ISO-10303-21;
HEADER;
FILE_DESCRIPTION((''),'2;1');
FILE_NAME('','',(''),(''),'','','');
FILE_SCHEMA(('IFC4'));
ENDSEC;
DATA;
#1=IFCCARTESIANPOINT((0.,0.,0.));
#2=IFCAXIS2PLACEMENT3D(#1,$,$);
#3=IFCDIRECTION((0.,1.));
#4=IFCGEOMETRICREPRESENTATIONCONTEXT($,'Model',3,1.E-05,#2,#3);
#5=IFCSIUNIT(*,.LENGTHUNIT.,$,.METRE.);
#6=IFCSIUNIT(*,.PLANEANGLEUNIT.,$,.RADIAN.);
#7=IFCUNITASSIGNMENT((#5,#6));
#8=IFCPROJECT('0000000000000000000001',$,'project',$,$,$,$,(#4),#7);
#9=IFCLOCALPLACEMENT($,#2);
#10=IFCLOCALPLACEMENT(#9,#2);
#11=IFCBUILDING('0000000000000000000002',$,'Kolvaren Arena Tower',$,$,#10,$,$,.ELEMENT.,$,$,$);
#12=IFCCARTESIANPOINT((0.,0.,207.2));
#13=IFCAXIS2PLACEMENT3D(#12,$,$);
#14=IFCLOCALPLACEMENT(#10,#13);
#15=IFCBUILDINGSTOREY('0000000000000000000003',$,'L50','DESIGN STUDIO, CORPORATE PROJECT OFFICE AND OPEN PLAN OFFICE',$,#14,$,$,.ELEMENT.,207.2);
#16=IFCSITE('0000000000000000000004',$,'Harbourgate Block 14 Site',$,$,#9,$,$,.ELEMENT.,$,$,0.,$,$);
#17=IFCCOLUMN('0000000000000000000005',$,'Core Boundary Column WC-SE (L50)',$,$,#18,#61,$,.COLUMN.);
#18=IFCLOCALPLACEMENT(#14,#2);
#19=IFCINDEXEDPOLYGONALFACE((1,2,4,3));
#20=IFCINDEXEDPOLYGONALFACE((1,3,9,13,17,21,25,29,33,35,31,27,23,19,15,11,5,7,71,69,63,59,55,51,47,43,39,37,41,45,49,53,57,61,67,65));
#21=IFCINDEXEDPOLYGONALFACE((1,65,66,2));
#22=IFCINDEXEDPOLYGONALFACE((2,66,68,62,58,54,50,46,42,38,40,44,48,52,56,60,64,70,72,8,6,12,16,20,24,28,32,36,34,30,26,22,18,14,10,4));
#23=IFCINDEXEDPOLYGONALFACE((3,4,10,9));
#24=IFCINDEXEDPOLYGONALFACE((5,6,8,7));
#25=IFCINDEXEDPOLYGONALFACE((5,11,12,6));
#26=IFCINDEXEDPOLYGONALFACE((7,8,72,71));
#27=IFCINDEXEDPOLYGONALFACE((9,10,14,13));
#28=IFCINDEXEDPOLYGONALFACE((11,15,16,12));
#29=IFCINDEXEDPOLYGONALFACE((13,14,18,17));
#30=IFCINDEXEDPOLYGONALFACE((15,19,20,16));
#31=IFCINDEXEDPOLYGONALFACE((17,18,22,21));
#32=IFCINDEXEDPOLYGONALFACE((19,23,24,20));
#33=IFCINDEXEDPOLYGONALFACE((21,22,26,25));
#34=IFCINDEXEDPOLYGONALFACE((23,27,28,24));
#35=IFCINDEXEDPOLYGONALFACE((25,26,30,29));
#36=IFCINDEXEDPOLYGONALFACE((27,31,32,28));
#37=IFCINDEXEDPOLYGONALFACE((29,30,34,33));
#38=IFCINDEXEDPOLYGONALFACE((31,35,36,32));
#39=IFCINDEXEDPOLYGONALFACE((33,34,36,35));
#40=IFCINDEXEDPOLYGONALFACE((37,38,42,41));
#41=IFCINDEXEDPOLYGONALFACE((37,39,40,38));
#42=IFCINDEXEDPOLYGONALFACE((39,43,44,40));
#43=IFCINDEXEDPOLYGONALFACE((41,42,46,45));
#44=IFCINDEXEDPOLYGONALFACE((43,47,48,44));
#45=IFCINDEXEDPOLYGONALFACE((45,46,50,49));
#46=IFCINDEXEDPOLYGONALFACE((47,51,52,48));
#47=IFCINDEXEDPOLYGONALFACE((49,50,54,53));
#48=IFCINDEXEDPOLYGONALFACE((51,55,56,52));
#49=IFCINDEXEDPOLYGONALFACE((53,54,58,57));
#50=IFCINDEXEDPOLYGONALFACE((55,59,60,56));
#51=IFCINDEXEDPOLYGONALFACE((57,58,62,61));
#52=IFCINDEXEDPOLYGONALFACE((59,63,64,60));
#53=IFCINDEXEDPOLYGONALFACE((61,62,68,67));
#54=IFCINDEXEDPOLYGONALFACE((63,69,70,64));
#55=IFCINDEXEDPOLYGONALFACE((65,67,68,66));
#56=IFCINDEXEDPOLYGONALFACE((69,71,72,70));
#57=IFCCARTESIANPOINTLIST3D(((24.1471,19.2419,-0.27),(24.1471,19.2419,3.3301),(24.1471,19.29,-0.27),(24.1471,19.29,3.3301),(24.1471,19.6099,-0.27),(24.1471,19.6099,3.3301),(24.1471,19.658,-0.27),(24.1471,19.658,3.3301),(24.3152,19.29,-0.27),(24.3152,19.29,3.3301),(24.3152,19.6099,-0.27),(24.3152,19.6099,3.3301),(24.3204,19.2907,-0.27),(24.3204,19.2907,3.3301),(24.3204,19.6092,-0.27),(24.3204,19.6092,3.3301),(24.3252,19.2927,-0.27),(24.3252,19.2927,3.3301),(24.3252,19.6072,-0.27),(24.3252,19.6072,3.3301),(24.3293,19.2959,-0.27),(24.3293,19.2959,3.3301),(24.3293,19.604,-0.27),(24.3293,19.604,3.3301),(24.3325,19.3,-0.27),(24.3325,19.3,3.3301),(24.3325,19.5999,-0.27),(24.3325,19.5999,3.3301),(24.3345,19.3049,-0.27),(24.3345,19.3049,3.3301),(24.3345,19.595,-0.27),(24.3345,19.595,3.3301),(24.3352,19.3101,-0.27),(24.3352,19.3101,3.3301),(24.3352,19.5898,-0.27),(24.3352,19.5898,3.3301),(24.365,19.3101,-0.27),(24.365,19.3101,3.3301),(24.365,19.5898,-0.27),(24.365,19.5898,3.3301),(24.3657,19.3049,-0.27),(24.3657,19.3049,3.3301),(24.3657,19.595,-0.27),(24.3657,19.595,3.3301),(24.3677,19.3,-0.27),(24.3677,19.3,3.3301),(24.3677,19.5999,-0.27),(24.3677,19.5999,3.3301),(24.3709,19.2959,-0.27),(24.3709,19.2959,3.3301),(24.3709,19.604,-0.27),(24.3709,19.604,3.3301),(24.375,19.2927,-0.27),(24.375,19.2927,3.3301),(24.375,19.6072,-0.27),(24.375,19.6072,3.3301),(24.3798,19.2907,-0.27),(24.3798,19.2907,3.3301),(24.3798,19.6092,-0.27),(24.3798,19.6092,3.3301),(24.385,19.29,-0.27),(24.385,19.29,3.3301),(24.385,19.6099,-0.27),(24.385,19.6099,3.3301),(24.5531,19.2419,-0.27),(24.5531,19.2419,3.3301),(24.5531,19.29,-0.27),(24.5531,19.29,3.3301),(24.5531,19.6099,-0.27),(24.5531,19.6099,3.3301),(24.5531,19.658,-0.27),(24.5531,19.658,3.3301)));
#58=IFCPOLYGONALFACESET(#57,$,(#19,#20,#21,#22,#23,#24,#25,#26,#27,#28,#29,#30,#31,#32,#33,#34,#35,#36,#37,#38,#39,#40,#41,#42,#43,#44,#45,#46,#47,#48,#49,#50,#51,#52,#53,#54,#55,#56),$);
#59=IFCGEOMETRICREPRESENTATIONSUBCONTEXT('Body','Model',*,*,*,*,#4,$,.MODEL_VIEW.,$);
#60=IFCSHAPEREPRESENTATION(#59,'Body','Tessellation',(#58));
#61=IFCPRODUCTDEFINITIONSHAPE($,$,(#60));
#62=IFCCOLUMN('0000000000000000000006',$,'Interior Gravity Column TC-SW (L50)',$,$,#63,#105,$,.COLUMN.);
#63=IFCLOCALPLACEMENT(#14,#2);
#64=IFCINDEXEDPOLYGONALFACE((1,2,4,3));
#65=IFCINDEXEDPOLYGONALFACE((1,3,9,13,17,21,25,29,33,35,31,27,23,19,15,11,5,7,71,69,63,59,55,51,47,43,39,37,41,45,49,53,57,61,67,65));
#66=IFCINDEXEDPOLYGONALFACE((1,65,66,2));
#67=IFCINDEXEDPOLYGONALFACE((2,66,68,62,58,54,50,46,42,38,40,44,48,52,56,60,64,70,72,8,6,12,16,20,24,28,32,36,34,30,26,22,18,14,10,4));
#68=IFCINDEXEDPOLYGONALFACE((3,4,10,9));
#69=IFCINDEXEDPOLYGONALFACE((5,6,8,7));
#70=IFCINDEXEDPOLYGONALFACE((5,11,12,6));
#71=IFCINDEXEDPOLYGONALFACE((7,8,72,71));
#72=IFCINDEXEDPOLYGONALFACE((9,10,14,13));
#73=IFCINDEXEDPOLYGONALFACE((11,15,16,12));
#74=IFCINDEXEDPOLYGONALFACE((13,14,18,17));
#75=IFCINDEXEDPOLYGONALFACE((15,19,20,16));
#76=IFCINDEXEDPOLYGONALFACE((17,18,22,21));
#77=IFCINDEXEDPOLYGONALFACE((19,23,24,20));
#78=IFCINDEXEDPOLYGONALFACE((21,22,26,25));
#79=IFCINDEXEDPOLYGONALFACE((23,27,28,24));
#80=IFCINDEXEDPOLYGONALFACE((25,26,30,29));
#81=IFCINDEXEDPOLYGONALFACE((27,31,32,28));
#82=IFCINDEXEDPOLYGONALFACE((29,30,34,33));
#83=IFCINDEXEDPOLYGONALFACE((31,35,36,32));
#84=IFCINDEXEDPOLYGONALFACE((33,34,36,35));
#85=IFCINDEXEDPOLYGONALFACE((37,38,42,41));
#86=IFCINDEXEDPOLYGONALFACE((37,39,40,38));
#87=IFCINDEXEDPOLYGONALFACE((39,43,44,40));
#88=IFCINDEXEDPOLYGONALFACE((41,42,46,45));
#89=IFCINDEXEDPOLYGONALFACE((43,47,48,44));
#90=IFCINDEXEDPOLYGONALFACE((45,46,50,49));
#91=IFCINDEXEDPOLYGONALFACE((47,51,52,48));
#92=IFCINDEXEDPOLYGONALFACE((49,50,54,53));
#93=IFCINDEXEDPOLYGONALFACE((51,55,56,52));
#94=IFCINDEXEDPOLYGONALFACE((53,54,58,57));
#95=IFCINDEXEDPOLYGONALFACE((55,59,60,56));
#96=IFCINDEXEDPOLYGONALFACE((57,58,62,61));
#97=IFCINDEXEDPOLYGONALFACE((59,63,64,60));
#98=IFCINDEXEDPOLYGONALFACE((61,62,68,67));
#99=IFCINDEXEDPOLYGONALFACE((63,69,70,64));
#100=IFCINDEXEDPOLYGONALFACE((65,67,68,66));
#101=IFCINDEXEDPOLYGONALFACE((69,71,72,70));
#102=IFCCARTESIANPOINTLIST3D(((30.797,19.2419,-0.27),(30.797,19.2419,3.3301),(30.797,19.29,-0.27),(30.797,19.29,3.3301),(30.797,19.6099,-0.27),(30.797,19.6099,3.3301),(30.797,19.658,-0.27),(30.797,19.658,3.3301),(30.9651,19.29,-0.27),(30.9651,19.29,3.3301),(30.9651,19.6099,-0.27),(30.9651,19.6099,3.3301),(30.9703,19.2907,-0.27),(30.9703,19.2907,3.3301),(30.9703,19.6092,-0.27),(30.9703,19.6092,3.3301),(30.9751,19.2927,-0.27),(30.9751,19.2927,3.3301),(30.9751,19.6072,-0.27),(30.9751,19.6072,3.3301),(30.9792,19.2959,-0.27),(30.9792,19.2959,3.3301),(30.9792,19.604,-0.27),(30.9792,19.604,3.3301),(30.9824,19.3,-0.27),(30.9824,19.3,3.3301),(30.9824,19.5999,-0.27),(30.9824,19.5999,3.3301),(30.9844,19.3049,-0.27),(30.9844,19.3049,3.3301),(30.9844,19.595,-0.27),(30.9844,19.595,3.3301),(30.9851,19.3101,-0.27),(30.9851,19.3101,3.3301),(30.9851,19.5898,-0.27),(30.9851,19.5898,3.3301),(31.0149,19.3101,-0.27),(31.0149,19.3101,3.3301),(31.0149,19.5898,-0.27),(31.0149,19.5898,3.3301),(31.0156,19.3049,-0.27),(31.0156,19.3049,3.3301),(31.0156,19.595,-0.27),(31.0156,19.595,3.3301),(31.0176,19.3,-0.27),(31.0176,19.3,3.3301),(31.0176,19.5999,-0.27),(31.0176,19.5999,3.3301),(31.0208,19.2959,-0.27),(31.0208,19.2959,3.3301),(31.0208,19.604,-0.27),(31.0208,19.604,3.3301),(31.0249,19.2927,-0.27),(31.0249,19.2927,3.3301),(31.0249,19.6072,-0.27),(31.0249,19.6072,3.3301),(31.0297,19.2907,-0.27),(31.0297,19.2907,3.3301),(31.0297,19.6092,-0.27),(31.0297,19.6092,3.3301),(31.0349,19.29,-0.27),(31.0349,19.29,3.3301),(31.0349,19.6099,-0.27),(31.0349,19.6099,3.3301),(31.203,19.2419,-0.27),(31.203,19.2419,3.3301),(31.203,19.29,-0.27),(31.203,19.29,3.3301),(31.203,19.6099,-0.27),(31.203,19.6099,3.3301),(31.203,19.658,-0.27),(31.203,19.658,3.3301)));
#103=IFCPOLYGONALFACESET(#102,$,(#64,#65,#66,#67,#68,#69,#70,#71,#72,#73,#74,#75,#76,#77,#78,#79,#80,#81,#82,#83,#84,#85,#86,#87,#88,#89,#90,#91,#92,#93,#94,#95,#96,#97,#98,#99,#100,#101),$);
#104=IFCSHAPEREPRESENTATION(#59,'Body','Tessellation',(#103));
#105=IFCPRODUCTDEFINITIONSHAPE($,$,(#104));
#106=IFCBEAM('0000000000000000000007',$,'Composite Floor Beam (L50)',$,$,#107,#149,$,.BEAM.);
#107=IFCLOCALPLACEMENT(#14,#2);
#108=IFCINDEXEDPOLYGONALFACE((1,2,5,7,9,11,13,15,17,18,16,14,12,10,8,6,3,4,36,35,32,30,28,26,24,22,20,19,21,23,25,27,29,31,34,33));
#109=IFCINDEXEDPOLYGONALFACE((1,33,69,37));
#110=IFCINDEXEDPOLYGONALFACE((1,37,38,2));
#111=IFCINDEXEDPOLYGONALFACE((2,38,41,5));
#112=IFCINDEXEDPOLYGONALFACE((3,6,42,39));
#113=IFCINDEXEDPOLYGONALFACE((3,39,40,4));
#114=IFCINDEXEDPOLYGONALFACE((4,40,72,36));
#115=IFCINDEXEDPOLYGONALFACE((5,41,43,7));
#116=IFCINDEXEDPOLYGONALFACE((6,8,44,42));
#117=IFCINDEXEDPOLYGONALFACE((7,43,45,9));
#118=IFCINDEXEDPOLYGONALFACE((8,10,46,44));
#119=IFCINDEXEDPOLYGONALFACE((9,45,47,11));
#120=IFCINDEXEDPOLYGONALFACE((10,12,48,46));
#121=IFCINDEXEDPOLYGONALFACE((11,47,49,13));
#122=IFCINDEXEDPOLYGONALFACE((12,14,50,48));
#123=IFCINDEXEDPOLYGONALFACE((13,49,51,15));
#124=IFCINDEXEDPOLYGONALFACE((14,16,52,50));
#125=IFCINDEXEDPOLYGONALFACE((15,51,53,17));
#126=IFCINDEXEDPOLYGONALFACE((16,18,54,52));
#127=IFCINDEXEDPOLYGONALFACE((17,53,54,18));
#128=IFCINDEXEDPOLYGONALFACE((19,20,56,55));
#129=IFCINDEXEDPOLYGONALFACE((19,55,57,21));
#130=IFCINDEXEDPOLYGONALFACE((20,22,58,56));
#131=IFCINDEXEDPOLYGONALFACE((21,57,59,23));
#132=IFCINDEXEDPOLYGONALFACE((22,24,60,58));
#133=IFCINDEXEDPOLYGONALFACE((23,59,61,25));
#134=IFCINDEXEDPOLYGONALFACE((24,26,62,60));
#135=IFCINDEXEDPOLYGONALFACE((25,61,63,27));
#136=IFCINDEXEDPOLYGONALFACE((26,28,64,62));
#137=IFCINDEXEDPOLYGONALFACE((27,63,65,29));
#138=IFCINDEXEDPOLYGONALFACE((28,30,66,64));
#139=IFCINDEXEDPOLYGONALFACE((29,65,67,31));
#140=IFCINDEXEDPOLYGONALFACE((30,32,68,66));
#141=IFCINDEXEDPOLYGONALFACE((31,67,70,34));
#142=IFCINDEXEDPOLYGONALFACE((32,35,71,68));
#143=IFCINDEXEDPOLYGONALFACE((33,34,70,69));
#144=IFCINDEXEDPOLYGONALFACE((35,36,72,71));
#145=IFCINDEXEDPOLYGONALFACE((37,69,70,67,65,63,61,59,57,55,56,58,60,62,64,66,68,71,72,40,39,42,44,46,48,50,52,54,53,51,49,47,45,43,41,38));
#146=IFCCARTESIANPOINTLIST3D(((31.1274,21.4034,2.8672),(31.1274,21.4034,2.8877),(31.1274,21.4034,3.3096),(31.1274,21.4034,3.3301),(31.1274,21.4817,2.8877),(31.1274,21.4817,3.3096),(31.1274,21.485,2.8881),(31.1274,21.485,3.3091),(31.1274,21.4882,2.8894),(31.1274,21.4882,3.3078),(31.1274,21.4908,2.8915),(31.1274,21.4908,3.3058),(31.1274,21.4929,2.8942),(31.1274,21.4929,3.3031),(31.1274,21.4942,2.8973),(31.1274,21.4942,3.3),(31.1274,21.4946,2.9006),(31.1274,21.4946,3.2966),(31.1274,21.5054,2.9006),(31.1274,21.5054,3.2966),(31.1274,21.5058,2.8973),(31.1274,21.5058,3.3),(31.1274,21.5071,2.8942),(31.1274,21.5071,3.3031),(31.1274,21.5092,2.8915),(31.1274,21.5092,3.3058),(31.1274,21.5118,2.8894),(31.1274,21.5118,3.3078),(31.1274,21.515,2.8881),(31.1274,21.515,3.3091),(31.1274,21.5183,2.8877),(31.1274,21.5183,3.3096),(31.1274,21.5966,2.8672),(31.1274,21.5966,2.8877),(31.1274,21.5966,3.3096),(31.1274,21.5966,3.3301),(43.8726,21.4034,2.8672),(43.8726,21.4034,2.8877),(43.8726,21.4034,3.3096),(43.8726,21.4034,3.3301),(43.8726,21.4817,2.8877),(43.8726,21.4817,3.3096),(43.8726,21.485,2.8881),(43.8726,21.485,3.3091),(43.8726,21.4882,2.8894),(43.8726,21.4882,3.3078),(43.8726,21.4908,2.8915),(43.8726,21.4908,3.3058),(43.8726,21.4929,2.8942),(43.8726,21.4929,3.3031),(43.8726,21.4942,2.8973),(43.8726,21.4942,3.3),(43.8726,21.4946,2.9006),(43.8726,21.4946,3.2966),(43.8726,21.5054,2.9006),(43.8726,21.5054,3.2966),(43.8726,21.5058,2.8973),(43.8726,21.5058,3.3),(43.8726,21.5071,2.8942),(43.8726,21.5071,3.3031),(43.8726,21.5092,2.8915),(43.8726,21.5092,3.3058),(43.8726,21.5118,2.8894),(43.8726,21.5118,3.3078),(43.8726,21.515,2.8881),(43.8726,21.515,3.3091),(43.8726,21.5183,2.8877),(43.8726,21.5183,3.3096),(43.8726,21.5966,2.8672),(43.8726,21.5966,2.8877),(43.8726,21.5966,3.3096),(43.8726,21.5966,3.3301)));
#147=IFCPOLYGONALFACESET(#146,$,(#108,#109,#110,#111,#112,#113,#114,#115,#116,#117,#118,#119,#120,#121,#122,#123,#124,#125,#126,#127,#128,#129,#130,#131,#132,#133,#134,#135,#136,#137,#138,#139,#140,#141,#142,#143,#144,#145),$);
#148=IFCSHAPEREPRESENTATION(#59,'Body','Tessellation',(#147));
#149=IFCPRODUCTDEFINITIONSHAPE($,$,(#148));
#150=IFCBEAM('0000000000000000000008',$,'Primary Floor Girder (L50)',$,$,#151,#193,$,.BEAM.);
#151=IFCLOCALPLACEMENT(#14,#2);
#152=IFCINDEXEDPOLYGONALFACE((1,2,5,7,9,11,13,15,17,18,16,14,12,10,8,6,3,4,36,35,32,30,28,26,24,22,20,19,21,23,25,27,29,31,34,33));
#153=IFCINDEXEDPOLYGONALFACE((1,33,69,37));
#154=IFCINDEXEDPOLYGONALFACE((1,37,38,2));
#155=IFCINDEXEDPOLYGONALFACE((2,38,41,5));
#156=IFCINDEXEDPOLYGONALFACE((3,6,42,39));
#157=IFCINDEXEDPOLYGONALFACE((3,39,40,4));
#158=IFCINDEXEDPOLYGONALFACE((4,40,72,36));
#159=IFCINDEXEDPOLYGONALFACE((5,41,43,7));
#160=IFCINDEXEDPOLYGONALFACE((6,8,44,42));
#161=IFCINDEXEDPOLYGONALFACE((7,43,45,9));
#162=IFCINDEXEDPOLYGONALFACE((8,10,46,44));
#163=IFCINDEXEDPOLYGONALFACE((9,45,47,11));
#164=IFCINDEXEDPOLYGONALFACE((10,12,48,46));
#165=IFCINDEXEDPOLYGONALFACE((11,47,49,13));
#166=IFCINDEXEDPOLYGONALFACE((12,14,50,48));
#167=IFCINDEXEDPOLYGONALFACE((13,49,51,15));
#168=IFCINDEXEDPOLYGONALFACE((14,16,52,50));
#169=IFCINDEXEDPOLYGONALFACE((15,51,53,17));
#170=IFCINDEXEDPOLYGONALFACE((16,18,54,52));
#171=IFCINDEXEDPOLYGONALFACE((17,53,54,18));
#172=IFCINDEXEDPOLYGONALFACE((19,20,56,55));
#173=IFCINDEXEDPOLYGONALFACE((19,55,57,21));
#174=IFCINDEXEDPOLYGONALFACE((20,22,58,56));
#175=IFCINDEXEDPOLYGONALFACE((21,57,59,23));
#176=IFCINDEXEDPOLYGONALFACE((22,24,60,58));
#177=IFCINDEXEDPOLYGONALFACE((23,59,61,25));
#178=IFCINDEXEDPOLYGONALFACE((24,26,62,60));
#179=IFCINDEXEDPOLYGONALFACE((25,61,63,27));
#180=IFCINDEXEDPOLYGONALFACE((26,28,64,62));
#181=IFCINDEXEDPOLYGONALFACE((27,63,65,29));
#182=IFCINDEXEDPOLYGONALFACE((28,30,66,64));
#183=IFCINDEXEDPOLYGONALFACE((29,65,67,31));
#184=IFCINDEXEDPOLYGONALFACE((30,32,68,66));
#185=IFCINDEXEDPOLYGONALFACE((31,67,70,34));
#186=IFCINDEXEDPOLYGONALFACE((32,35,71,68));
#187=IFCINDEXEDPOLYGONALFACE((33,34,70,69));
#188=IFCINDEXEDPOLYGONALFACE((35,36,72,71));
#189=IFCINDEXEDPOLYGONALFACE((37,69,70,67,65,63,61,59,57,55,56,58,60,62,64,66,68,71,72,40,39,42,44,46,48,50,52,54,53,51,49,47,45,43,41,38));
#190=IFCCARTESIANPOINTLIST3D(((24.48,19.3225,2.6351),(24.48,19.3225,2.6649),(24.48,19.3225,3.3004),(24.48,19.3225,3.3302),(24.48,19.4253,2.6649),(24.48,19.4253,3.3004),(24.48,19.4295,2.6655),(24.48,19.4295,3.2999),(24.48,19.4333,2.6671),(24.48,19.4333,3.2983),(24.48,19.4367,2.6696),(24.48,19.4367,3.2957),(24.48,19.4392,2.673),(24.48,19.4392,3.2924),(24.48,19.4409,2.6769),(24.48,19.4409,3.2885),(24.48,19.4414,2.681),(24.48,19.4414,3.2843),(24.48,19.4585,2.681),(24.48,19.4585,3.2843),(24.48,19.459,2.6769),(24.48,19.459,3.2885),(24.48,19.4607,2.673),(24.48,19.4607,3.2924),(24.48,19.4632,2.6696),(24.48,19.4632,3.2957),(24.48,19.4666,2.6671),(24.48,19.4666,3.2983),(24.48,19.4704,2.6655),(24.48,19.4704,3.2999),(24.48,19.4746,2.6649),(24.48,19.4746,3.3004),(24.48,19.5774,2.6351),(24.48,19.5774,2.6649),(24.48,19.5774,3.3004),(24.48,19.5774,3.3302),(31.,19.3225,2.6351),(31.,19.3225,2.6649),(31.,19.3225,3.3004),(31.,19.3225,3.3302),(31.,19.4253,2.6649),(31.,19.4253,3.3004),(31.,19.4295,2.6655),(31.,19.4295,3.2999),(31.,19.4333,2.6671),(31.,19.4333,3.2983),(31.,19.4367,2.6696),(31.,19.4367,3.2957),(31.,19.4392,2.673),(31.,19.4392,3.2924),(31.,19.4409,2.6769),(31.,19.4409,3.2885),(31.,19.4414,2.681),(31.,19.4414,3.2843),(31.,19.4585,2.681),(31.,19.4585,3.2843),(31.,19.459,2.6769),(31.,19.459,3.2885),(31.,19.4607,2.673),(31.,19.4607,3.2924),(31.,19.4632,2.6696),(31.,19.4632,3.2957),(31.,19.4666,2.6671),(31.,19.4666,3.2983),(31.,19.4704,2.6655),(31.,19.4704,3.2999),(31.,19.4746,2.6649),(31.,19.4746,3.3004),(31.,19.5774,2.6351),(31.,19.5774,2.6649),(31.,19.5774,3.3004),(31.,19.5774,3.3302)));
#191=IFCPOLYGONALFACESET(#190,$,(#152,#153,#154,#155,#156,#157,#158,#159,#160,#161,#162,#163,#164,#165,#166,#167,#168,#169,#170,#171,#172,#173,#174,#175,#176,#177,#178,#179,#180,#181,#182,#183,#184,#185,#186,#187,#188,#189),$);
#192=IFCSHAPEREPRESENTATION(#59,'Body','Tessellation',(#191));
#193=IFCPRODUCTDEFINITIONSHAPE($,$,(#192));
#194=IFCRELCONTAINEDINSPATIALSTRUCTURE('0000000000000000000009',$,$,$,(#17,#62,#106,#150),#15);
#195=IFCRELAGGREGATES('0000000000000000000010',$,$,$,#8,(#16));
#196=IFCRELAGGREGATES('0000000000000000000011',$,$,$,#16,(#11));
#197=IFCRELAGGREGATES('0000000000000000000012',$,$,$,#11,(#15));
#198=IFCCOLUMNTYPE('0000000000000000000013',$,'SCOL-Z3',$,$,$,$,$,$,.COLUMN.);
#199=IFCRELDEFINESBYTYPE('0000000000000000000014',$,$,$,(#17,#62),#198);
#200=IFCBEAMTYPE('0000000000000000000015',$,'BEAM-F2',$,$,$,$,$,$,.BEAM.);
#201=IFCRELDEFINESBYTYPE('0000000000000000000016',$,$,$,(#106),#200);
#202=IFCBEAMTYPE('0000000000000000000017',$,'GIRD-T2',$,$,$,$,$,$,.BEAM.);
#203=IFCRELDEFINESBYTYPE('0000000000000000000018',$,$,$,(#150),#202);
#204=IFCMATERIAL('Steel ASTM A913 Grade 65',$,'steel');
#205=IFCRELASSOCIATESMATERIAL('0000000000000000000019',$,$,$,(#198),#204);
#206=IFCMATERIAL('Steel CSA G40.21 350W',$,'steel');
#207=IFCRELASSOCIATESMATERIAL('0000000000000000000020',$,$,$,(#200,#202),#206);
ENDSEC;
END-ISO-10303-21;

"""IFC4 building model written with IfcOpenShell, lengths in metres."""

from ifc_helpers import new_model, si_unit, direction, frame, origin, origin_2d, place, context, subcontext, project, spatial, i_section, extrude, material, material_profile, profile_set, type_object, element, save


model = new_model("IFC4")

# Units and contexts
model_context = context("Model", 3, precision=1e-05, world=origin(), true_north=direction((0.0, 1.0)))
body_context = subcontext(model_context, "Body", "Model", "MODEL_VIEW")
ifc_project = project(units=[si_unit("LENGTHUNIT", "METRE"), si_unit("PLANEANGLEUNIT", "RADIAN")], contexts=[model_context])

# Site, building, storey
site_placement = place(None, origin())
site = spatial("IfcSite", under=ifc_project, at=site_placement, Name="Harbourgate Block 14 Site", CompositionType="ELEMENT", RefElevation=0.0)
building_placement = place(site_placement, origin())
building = spatial("IfcBuilding", under=site, at=building_placement, Name="Kolvaren Arena Tower", CompositionType="ELEMENT")
storey_placement = place(building_placement, frame((0.0, 0.0, 207.2)))
storey = spatial("IfcBuildingStorey", under=building, at=storey_placement, Name="L50", Description="DESIGN STUDIO, CORPORATE PROJECT OFFICE AND OPEN PLAN OFFICE", CompositionType="ELEMENT", Elevation=207.2)

# Columns
ifc_material_1 = material(Name="Steel ASTM A913 Grade 65", Category="steel")
ifc_material_profile_1 = material_profile(ifc_material_1, i_section(OverallWidth=0.406, OverallDepth=0.416, WebThickness=0.0298, FlangeThickness=0.0481, FilletRadius=0.02, at=origin_2d()), Name="W360x382")
ifc_profile_set_1 = profile_set([ifc_material_profile_1], Name="Steel ASTM A913 Grade 65")
column_type = type_object("IfcColumnType", Name="SCOL-Z3", PredefinedType="COLUMN", material=ifc_profile_set_1)
for number, where, z_axis, x_axis, name in (
    (1, (24.3501, 19.45, -0.27), (0.0, 0.0, 1.0), (1.0, 0.0, 0.0), "Core Boundary Column WC-SE (L50)"),
    (2, (31.0, 19.45, -0.27), (0.0, 0.0, 1.0), (1.0, 0.0, 0.0), "Interior Gravity Column TC-SW (L50)"),
):
    element("IfcColumn", number, at=place(storey_placement, frame(where, z_axis=z_axis, x_axis=x_axis)), inside=storey, type_object=column_type, Name=name, PredefinedType="COLUMN", context=body_context, shape_type="SweptSolid", body=[
        extrude(i_section(OverallWidth=0.406, OverallDepth=0.416, WebThickness=0.0298, FlangeThickness=0.0481, FilletRadius=0.02, at=origin_2d()), origin(), (0.0, 0.0, 1.0), 3.6001),
    ])

# Beams
ifc_material_2 = material(Name="Steel CSA G40.21 350W", Category="steel")
ifc_material_profile_2 = material_profile(ifc_material_2, i_section(OverallWidth=0.1931, OverallDepth=0.4629, WebThickness=0.0107, FlangeThickness=0.0205, FilletRadius=0.0129, at=origin_2d()), Name="W460x113")
ifc_profile_set_2 = profile_set([ifc_material_profile_2], Name="Steel CSA G40.21 350W")
beam_type_1 = type_object("IfcBeamType", Name="BEAM-F2", PredefinedType="BEAM", material=ifc_profile_set_2)
beam_1_placement = place(storey_placement, frame((31.1274, 21.5, 3.0986), z_axis=(1.0, 0.0, 0.0), x_axis=(0.0, 1.0, 0.0)))
element("IfcBeam", 3, at=beam_1_placement, inside=storey, type_object=beam_type_1, Name="Composite Floor Beam (L50)", PredefinedType="BEAM", context=body_context, shape_type="SweptSolid", body=[
    extrude(i_section(OverallWidth=0.1931, OverallDepth=0.4629, WebThickness=0.0107, FlangeThickness=0.0205, FilletRadius=0.0129, at=origin_2d()), origin(), (0.0, 0.0, 1.0), 12.7451),
])
ifc_material_profile_3 = material_profile(ifc_material_2, i_section(OverallWidth=0.2549, OverallDepth=0.6951, WebThickness=0.0171, FlangeThickness=0.0298, FilletRadius=0.0161, at=origin_2d()), Name="W690x217")
ifc_profile_set_3 = profile_set([ifc_material_profile_3], Name="Steel CSA G40.21 350W")
beam_type_2 = type_object("IfcBeamType", Name="GIRD-T2", PredefinedType="BEAM", material=ifc_profile_set_3)
beam_2_placement = place(storey_placement, frame((24.48, 19.45, 2.9827), z_axis=(1.0, 0.0, 0.0), x_axis=(0.0, 1.0, 0.0)))
element("IfcBeam", 4, at=beam_2_placement, inside=storey, type_object=beam_type_2, Name="Primary Floor Girder (L50)", PredefinedType="BEAM", context=body_context, shape_type="SweptSolid", body=[
    extrude(i_section(OverallWidth=0.2549, OverallDepth=0.6951, WebThickness=0.0171, FlangeThickness=0.0298, FilletRadius=0.0161, at=origin_2d()), origin(), (0.0, 0.0, 1.0), 6.52),
])

save(model, "model.ifc")
